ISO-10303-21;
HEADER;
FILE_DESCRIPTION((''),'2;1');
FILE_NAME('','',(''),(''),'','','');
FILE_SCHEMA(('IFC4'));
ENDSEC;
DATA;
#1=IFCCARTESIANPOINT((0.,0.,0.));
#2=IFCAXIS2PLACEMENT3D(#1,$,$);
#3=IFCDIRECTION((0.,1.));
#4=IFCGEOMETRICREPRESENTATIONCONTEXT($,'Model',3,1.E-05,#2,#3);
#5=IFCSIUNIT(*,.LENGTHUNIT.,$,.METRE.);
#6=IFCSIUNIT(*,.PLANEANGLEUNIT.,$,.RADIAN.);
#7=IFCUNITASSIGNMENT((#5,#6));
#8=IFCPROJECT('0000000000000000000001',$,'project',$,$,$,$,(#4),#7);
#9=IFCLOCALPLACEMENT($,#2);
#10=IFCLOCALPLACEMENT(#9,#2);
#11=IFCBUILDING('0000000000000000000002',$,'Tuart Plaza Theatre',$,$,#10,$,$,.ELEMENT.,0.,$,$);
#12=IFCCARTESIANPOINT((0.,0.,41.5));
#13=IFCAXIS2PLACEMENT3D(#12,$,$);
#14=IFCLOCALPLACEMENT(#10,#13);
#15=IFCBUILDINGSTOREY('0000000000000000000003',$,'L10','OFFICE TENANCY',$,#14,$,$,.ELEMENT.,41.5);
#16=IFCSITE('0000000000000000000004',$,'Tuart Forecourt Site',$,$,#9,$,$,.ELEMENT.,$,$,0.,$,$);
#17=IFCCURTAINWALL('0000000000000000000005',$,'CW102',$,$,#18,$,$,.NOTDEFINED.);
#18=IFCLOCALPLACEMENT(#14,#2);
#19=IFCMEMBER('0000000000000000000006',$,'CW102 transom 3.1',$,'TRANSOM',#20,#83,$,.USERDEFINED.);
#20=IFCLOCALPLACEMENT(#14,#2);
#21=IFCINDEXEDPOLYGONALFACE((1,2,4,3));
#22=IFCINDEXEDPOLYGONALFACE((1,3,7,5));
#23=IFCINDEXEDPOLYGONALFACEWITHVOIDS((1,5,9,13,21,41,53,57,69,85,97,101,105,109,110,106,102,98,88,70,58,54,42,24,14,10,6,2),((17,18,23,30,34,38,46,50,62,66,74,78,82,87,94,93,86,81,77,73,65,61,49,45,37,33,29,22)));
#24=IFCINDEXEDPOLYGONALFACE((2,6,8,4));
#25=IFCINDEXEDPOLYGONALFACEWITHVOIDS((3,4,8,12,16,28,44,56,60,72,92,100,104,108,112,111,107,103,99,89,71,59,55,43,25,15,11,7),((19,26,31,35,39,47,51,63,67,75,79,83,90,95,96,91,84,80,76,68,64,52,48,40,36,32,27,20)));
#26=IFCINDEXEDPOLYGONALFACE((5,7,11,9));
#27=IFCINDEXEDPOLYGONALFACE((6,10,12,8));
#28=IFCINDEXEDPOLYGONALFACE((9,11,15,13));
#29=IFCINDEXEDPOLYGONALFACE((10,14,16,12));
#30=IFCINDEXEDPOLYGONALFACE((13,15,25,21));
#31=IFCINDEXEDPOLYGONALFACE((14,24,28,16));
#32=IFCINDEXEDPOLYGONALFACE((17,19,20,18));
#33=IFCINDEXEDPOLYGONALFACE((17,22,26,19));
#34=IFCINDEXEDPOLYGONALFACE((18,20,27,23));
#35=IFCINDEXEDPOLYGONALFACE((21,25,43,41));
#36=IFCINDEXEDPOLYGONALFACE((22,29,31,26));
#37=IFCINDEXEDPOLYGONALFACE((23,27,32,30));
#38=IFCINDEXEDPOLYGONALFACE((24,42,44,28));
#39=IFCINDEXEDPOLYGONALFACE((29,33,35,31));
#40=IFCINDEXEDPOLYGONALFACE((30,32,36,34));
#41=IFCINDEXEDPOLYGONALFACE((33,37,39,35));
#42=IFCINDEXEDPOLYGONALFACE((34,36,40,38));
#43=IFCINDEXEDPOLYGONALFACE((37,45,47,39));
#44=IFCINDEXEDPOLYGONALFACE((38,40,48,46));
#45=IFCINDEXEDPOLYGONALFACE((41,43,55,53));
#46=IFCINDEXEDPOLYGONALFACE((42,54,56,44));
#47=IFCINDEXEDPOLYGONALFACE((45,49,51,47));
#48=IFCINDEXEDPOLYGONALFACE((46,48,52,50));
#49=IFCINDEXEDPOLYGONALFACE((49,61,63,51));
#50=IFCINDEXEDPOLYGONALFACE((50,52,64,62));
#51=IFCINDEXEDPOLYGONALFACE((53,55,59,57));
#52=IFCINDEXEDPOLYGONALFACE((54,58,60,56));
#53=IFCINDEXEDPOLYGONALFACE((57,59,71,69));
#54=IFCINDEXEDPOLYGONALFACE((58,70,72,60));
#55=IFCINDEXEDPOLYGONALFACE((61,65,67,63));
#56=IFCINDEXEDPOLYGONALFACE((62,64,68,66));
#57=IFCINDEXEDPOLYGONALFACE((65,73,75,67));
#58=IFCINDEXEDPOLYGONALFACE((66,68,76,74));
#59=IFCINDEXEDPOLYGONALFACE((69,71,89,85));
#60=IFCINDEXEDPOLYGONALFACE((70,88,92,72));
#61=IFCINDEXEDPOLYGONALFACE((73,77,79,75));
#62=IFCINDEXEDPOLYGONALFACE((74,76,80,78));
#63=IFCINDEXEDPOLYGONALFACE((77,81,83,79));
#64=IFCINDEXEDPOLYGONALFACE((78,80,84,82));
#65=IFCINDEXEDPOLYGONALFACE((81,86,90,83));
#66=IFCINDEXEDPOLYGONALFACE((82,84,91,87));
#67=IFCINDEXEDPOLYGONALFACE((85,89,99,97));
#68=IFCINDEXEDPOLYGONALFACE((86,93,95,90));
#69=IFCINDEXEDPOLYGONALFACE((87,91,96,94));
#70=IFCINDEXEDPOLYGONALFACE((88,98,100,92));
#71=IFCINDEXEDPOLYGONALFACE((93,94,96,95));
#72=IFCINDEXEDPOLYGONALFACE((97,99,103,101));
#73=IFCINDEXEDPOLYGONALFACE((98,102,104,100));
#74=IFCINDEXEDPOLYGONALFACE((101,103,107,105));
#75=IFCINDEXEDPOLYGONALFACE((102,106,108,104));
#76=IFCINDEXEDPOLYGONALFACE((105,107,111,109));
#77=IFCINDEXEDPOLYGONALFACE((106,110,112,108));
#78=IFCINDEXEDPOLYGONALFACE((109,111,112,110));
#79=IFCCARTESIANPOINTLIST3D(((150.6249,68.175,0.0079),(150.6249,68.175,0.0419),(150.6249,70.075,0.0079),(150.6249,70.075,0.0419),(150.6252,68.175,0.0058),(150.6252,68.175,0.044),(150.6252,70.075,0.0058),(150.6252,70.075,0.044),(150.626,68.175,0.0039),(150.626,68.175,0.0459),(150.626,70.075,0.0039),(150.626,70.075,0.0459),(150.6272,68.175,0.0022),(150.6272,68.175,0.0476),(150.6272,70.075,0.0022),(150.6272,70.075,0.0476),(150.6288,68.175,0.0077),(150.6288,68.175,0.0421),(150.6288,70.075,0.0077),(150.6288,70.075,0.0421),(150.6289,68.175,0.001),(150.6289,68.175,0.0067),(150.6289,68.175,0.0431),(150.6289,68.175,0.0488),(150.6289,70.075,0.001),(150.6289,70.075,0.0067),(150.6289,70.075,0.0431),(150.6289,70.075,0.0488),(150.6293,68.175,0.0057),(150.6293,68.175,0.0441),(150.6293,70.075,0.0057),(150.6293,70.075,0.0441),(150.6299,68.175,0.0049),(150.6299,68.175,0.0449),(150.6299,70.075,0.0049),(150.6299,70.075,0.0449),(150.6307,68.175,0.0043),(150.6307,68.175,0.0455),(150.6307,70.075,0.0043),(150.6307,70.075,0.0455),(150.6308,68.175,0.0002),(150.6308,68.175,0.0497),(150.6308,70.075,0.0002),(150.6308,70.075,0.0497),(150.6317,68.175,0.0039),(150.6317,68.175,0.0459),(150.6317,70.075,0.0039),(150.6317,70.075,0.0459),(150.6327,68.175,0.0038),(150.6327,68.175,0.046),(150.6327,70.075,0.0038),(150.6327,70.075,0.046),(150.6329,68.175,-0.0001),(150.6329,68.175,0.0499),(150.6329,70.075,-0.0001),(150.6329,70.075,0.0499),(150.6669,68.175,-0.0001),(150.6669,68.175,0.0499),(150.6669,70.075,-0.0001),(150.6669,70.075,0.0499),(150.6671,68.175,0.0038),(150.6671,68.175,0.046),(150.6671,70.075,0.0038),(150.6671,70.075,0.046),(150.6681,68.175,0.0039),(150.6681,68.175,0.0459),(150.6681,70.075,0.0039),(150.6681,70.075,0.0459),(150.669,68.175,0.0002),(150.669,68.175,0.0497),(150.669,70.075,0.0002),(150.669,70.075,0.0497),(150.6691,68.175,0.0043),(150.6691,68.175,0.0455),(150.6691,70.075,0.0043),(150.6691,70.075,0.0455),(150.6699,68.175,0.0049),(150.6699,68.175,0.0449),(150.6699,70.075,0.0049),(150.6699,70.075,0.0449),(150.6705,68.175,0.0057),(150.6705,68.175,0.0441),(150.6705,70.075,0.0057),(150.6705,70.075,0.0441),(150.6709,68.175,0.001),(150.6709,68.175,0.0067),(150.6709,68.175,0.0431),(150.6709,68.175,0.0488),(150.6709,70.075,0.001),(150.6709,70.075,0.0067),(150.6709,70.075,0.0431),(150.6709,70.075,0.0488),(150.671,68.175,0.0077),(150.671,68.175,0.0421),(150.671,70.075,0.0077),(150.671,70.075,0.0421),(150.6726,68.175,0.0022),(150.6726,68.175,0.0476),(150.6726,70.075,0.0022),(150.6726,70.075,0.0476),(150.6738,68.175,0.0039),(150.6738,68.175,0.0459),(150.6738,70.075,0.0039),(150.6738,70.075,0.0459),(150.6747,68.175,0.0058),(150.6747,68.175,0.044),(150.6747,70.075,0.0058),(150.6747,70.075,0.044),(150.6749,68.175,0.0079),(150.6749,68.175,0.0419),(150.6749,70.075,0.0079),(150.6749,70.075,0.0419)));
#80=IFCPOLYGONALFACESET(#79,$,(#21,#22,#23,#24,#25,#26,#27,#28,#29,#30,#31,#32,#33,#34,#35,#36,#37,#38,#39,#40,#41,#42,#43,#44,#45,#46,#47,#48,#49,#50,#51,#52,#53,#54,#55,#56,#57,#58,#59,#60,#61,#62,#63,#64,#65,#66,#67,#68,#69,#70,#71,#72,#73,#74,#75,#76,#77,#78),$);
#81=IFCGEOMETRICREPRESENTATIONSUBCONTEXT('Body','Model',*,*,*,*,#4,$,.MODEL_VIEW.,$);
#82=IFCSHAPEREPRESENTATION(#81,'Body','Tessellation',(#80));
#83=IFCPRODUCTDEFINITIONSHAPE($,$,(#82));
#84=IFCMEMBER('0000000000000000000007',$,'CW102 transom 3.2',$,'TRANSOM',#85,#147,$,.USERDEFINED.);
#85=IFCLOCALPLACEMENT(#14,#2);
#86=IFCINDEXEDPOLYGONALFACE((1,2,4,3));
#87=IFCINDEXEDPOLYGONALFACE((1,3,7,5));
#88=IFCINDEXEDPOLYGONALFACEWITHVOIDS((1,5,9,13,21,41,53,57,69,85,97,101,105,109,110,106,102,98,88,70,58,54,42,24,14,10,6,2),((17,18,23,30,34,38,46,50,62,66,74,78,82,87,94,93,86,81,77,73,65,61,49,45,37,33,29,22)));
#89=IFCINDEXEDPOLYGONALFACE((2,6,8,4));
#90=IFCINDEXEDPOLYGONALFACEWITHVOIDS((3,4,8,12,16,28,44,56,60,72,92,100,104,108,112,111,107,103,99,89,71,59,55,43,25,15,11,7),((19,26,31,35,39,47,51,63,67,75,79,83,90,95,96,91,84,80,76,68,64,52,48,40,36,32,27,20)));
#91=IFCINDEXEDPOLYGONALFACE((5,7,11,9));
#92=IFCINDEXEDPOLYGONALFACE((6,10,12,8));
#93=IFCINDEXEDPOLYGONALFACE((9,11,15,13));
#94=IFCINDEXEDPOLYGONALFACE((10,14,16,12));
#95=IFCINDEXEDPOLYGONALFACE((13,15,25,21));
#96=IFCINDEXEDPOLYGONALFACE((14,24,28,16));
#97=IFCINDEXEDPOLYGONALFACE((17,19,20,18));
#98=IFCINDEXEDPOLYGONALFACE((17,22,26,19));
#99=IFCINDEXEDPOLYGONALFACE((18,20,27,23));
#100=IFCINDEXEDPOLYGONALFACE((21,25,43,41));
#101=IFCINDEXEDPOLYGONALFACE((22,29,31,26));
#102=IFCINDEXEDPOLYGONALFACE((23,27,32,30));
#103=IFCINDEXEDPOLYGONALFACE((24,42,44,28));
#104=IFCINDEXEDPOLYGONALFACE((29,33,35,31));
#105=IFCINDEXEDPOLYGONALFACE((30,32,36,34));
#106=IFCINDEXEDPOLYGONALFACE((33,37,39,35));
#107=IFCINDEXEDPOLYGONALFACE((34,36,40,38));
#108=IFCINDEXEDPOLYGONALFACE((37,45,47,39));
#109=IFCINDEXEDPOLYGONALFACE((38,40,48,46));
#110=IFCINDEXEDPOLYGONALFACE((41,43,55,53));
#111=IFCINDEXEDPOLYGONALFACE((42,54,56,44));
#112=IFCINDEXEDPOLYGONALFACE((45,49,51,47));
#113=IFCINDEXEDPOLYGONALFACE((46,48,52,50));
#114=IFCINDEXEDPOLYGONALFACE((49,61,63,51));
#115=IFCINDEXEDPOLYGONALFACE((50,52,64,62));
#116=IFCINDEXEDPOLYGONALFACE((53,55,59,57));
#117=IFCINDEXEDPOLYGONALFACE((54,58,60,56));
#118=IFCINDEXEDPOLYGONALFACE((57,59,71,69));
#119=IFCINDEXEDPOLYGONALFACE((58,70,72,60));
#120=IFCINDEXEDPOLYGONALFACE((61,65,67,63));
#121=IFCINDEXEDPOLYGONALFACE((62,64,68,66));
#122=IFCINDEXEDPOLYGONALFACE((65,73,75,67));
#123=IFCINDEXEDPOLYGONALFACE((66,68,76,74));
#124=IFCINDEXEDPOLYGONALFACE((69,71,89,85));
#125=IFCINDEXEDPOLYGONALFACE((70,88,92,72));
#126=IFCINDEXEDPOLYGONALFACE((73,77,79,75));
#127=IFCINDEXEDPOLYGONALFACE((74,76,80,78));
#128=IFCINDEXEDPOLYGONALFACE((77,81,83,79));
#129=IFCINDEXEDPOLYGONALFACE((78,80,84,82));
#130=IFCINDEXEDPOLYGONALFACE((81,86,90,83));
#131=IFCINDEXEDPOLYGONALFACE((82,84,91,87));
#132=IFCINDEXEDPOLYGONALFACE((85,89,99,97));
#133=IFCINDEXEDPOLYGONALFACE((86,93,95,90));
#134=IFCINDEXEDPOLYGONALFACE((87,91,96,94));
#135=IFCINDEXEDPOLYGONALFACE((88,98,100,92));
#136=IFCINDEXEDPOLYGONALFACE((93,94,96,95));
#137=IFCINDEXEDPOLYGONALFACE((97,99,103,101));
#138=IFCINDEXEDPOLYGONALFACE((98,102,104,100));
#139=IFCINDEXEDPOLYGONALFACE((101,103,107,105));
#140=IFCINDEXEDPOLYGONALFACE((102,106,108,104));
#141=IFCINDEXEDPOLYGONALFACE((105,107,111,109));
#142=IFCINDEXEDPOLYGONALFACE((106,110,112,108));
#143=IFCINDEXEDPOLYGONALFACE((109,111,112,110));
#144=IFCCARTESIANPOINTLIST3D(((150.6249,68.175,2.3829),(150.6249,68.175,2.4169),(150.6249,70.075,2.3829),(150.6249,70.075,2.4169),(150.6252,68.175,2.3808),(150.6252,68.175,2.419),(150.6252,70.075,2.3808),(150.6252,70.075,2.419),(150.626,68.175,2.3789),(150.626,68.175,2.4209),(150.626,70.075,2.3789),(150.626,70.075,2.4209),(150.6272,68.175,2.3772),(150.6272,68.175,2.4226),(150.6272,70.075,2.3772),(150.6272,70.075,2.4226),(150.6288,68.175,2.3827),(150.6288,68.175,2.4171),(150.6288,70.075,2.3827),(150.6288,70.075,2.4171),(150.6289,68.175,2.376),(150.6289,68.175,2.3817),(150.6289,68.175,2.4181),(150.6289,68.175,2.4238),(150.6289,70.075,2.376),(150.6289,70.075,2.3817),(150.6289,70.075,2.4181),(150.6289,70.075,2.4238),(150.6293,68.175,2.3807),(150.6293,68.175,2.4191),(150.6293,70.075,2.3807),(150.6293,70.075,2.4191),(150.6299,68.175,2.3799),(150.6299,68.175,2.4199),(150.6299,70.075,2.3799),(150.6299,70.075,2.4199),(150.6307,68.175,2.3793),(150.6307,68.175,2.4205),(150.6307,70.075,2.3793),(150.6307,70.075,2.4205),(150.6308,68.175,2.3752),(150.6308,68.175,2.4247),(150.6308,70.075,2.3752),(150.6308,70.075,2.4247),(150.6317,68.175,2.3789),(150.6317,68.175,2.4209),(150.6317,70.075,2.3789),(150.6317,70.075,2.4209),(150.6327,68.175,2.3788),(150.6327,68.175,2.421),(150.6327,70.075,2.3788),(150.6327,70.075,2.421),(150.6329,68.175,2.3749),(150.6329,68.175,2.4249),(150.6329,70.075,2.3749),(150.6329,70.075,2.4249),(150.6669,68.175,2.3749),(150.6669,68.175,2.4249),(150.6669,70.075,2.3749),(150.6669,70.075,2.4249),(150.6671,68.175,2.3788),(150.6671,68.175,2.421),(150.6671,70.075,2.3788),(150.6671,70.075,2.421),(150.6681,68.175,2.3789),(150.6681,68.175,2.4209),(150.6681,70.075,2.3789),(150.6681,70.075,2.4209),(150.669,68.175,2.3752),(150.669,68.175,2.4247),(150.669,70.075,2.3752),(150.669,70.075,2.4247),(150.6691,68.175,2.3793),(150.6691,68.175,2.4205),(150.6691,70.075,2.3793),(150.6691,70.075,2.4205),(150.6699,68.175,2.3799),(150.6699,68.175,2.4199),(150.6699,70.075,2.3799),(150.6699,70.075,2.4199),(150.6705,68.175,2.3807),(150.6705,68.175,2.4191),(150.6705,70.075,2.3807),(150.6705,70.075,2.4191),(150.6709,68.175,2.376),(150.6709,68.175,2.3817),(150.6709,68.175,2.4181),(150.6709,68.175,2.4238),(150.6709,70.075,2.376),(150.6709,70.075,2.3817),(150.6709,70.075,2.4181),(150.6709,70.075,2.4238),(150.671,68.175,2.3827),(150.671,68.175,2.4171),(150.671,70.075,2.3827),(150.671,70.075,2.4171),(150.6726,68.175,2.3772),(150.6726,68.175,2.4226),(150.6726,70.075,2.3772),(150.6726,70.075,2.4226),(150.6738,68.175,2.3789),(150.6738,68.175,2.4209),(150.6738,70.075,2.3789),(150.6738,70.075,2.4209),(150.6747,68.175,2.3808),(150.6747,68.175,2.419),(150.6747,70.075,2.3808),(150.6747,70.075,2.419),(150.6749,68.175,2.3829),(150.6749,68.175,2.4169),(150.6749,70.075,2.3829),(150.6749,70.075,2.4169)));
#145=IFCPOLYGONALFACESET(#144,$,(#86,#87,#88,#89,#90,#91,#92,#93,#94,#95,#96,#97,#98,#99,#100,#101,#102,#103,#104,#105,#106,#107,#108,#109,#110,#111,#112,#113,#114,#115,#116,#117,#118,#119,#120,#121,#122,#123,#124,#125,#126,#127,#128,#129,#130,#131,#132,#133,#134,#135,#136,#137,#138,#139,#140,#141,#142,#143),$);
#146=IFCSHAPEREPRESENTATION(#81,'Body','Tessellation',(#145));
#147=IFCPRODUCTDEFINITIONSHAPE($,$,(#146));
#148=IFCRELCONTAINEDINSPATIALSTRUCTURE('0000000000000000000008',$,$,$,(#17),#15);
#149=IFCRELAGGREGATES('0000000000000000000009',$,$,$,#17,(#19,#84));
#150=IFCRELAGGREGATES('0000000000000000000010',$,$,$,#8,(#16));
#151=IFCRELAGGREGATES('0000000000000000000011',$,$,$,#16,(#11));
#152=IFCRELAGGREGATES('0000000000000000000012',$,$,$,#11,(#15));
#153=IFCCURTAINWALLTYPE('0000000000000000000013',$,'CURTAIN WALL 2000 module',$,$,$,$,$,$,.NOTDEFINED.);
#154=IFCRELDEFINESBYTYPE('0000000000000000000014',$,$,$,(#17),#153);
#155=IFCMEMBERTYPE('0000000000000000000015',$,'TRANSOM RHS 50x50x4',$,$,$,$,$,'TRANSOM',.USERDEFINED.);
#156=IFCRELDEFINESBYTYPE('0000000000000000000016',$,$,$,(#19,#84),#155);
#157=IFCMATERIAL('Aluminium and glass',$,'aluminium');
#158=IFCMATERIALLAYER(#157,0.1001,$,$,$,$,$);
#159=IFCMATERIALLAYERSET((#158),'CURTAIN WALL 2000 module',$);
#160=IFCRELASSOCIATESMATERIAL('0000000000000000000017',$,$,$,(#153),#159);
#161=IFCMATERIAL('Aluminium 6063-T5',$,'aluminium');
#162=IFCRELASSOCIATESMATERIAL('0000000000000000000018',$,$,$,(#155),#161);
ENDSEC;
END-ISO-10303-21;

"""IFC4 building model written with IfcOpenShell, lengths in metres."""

from ifc_helpers import new_model, si_unit, direction, frame, origin, origin_2d, place, context, subcontext, project, spatial, hollow_rectangle, extrude, material, layer, layer_set, material_profile, profile_set, type_object, element, aggregate, save


model = new_model("IFC4")

# Units and contexts
model_context = context("Model", 3, precision=1e-05, world=origin(), true_north=direction((0.0, 1.0)))
body_context = subcontext(model_context, "Body", "Model", "MODEL_VIEW")
ifc_project = project(units=[si_unit("LENGTHUNIT", "METRE"), si_unit("PLANEANGLEUNIT", "RADIAN")], contexts=[model_context])

# Site, building, storey
site_placement = place(None, origin())
site = spatial("IfcSite", under=ifc_project, at=site_placement, Name="Tuart Forecourt Site", CompositionType="ELEMENT", RefElevation=0.0)
building_placement = place(site_placement, origin())
building = spatial("IfcBuilding", under=site, at=building_placement, Name="Tuart Plaza Theatre", CompositionType="ELEMENT", ElevationOfRefHeight=0.0)
storey_placement = place(building_placement, frame((0.0, 0.0, 41.5)))
storey = spatial("IfcBuildingStorey", under=building, at=storey_placement, Name="L10", Description="OFFICE TENANCY", CompositionType="ELEMENT", Elevation=41.5)

# Curtain wall
ifc_material_1 = material(Name="Aluminium and glass", Category="aluminium")
ifc_layer_1 = layer(ifc_material_1, 0.1001)
ifc_layer_set_1 = layer_set([ifc_layer_1], Name="CURTAIN WALL 2000 module")
curtain_wall_type = type_object("IfcCurtainWallType", Name="CURTAIN WALL 2000 module", PredefinedType="NOTDEFINED", material=ifc_layer_set_1)
curtain_wall_1_placement = place(storey_placement, origin())
curtain_wall_1 = element("IfcCurtainWall", 1, at=curtain_wall_1_placement, inside=storey, type_object=curtain_wall_type, Name="CW102", PredefinedType="NOTDEFINED")

# Members
ifc_material_2 = material(Name="Aluminium 6063-T5", Category="aluminium")
ifc_material_profile_1 = material_profile(ifc_material_2, hollow_rectangle(XDim=0.05, YDim=0.05, WallThickness=0.0039, InnerFilletRadius=0.0039, OuterFilletRadius=0.0081, at=origin_2d()), Name="RHS 50x50x4")
ifc_profile_set_1 = profile_set([ifc_material_profile_1], Name="Aluminium 6063-T5")
member_type_1 = type_object("IfcMemberType", Name="TRANSOM RHS 50x50x4", ElementType="TRANSOM", PredefinedType="USERDEFINED", material=ifc_profile_set_1)
member_1_placement = place(storey_placement, frame((150.6499, 68.175, 0.0249), z_axis=(0.0, 1.0, 0.0), x_axis=(-1.0, 0.0, 0.0)))
member_1 = element("IfcMember", 2, at=member_1_placement, type_object=member_type_1, Name="CW102 transom 3.1", ObjectType="TRANSOM", PredefinedType="USERDEFINED", context=body_context, shape_type="SweptSolid", body=[
    extrude(hollow_rectangle(XDim=0.05, YDim=0.05, WallThickness=0.0039, InnerFilletRadius=0.0039, OuterFilletRadius=0.0081, at=origin_2d()), origin(), (0.0, 0.0, 1.0), 1.8999),
])
member_2_placement = place(storey_placement, frame((150.6499, 68.175, 2.3999), z_axis=(0.0, 1.0, 0.0), x_axis=(-1.0, 0.0, 0.0)))
member_2 = element("IfcMember", 3, at=member_2_placement, type_object=member_type_1, Name="CW102 transom 3.2", ObjectType="TRANSOM", PredefinedType="USERDEFINED", context=body_context, shape_type="SweptSolid", body=[
    extrude(hollow_rectangle(XDim=0.05, YDim=0.05, WallThickness=0.0039, InnerFilletRadius=0.0039, OuterFilletRadius=0.0081, at=origin_2d()), origin(), (0.0, 0.0, 1.0), 1.8999),
])

aggregate(curtain_wall_1, [member_1, member_2])

save(model, "model.ifc")
